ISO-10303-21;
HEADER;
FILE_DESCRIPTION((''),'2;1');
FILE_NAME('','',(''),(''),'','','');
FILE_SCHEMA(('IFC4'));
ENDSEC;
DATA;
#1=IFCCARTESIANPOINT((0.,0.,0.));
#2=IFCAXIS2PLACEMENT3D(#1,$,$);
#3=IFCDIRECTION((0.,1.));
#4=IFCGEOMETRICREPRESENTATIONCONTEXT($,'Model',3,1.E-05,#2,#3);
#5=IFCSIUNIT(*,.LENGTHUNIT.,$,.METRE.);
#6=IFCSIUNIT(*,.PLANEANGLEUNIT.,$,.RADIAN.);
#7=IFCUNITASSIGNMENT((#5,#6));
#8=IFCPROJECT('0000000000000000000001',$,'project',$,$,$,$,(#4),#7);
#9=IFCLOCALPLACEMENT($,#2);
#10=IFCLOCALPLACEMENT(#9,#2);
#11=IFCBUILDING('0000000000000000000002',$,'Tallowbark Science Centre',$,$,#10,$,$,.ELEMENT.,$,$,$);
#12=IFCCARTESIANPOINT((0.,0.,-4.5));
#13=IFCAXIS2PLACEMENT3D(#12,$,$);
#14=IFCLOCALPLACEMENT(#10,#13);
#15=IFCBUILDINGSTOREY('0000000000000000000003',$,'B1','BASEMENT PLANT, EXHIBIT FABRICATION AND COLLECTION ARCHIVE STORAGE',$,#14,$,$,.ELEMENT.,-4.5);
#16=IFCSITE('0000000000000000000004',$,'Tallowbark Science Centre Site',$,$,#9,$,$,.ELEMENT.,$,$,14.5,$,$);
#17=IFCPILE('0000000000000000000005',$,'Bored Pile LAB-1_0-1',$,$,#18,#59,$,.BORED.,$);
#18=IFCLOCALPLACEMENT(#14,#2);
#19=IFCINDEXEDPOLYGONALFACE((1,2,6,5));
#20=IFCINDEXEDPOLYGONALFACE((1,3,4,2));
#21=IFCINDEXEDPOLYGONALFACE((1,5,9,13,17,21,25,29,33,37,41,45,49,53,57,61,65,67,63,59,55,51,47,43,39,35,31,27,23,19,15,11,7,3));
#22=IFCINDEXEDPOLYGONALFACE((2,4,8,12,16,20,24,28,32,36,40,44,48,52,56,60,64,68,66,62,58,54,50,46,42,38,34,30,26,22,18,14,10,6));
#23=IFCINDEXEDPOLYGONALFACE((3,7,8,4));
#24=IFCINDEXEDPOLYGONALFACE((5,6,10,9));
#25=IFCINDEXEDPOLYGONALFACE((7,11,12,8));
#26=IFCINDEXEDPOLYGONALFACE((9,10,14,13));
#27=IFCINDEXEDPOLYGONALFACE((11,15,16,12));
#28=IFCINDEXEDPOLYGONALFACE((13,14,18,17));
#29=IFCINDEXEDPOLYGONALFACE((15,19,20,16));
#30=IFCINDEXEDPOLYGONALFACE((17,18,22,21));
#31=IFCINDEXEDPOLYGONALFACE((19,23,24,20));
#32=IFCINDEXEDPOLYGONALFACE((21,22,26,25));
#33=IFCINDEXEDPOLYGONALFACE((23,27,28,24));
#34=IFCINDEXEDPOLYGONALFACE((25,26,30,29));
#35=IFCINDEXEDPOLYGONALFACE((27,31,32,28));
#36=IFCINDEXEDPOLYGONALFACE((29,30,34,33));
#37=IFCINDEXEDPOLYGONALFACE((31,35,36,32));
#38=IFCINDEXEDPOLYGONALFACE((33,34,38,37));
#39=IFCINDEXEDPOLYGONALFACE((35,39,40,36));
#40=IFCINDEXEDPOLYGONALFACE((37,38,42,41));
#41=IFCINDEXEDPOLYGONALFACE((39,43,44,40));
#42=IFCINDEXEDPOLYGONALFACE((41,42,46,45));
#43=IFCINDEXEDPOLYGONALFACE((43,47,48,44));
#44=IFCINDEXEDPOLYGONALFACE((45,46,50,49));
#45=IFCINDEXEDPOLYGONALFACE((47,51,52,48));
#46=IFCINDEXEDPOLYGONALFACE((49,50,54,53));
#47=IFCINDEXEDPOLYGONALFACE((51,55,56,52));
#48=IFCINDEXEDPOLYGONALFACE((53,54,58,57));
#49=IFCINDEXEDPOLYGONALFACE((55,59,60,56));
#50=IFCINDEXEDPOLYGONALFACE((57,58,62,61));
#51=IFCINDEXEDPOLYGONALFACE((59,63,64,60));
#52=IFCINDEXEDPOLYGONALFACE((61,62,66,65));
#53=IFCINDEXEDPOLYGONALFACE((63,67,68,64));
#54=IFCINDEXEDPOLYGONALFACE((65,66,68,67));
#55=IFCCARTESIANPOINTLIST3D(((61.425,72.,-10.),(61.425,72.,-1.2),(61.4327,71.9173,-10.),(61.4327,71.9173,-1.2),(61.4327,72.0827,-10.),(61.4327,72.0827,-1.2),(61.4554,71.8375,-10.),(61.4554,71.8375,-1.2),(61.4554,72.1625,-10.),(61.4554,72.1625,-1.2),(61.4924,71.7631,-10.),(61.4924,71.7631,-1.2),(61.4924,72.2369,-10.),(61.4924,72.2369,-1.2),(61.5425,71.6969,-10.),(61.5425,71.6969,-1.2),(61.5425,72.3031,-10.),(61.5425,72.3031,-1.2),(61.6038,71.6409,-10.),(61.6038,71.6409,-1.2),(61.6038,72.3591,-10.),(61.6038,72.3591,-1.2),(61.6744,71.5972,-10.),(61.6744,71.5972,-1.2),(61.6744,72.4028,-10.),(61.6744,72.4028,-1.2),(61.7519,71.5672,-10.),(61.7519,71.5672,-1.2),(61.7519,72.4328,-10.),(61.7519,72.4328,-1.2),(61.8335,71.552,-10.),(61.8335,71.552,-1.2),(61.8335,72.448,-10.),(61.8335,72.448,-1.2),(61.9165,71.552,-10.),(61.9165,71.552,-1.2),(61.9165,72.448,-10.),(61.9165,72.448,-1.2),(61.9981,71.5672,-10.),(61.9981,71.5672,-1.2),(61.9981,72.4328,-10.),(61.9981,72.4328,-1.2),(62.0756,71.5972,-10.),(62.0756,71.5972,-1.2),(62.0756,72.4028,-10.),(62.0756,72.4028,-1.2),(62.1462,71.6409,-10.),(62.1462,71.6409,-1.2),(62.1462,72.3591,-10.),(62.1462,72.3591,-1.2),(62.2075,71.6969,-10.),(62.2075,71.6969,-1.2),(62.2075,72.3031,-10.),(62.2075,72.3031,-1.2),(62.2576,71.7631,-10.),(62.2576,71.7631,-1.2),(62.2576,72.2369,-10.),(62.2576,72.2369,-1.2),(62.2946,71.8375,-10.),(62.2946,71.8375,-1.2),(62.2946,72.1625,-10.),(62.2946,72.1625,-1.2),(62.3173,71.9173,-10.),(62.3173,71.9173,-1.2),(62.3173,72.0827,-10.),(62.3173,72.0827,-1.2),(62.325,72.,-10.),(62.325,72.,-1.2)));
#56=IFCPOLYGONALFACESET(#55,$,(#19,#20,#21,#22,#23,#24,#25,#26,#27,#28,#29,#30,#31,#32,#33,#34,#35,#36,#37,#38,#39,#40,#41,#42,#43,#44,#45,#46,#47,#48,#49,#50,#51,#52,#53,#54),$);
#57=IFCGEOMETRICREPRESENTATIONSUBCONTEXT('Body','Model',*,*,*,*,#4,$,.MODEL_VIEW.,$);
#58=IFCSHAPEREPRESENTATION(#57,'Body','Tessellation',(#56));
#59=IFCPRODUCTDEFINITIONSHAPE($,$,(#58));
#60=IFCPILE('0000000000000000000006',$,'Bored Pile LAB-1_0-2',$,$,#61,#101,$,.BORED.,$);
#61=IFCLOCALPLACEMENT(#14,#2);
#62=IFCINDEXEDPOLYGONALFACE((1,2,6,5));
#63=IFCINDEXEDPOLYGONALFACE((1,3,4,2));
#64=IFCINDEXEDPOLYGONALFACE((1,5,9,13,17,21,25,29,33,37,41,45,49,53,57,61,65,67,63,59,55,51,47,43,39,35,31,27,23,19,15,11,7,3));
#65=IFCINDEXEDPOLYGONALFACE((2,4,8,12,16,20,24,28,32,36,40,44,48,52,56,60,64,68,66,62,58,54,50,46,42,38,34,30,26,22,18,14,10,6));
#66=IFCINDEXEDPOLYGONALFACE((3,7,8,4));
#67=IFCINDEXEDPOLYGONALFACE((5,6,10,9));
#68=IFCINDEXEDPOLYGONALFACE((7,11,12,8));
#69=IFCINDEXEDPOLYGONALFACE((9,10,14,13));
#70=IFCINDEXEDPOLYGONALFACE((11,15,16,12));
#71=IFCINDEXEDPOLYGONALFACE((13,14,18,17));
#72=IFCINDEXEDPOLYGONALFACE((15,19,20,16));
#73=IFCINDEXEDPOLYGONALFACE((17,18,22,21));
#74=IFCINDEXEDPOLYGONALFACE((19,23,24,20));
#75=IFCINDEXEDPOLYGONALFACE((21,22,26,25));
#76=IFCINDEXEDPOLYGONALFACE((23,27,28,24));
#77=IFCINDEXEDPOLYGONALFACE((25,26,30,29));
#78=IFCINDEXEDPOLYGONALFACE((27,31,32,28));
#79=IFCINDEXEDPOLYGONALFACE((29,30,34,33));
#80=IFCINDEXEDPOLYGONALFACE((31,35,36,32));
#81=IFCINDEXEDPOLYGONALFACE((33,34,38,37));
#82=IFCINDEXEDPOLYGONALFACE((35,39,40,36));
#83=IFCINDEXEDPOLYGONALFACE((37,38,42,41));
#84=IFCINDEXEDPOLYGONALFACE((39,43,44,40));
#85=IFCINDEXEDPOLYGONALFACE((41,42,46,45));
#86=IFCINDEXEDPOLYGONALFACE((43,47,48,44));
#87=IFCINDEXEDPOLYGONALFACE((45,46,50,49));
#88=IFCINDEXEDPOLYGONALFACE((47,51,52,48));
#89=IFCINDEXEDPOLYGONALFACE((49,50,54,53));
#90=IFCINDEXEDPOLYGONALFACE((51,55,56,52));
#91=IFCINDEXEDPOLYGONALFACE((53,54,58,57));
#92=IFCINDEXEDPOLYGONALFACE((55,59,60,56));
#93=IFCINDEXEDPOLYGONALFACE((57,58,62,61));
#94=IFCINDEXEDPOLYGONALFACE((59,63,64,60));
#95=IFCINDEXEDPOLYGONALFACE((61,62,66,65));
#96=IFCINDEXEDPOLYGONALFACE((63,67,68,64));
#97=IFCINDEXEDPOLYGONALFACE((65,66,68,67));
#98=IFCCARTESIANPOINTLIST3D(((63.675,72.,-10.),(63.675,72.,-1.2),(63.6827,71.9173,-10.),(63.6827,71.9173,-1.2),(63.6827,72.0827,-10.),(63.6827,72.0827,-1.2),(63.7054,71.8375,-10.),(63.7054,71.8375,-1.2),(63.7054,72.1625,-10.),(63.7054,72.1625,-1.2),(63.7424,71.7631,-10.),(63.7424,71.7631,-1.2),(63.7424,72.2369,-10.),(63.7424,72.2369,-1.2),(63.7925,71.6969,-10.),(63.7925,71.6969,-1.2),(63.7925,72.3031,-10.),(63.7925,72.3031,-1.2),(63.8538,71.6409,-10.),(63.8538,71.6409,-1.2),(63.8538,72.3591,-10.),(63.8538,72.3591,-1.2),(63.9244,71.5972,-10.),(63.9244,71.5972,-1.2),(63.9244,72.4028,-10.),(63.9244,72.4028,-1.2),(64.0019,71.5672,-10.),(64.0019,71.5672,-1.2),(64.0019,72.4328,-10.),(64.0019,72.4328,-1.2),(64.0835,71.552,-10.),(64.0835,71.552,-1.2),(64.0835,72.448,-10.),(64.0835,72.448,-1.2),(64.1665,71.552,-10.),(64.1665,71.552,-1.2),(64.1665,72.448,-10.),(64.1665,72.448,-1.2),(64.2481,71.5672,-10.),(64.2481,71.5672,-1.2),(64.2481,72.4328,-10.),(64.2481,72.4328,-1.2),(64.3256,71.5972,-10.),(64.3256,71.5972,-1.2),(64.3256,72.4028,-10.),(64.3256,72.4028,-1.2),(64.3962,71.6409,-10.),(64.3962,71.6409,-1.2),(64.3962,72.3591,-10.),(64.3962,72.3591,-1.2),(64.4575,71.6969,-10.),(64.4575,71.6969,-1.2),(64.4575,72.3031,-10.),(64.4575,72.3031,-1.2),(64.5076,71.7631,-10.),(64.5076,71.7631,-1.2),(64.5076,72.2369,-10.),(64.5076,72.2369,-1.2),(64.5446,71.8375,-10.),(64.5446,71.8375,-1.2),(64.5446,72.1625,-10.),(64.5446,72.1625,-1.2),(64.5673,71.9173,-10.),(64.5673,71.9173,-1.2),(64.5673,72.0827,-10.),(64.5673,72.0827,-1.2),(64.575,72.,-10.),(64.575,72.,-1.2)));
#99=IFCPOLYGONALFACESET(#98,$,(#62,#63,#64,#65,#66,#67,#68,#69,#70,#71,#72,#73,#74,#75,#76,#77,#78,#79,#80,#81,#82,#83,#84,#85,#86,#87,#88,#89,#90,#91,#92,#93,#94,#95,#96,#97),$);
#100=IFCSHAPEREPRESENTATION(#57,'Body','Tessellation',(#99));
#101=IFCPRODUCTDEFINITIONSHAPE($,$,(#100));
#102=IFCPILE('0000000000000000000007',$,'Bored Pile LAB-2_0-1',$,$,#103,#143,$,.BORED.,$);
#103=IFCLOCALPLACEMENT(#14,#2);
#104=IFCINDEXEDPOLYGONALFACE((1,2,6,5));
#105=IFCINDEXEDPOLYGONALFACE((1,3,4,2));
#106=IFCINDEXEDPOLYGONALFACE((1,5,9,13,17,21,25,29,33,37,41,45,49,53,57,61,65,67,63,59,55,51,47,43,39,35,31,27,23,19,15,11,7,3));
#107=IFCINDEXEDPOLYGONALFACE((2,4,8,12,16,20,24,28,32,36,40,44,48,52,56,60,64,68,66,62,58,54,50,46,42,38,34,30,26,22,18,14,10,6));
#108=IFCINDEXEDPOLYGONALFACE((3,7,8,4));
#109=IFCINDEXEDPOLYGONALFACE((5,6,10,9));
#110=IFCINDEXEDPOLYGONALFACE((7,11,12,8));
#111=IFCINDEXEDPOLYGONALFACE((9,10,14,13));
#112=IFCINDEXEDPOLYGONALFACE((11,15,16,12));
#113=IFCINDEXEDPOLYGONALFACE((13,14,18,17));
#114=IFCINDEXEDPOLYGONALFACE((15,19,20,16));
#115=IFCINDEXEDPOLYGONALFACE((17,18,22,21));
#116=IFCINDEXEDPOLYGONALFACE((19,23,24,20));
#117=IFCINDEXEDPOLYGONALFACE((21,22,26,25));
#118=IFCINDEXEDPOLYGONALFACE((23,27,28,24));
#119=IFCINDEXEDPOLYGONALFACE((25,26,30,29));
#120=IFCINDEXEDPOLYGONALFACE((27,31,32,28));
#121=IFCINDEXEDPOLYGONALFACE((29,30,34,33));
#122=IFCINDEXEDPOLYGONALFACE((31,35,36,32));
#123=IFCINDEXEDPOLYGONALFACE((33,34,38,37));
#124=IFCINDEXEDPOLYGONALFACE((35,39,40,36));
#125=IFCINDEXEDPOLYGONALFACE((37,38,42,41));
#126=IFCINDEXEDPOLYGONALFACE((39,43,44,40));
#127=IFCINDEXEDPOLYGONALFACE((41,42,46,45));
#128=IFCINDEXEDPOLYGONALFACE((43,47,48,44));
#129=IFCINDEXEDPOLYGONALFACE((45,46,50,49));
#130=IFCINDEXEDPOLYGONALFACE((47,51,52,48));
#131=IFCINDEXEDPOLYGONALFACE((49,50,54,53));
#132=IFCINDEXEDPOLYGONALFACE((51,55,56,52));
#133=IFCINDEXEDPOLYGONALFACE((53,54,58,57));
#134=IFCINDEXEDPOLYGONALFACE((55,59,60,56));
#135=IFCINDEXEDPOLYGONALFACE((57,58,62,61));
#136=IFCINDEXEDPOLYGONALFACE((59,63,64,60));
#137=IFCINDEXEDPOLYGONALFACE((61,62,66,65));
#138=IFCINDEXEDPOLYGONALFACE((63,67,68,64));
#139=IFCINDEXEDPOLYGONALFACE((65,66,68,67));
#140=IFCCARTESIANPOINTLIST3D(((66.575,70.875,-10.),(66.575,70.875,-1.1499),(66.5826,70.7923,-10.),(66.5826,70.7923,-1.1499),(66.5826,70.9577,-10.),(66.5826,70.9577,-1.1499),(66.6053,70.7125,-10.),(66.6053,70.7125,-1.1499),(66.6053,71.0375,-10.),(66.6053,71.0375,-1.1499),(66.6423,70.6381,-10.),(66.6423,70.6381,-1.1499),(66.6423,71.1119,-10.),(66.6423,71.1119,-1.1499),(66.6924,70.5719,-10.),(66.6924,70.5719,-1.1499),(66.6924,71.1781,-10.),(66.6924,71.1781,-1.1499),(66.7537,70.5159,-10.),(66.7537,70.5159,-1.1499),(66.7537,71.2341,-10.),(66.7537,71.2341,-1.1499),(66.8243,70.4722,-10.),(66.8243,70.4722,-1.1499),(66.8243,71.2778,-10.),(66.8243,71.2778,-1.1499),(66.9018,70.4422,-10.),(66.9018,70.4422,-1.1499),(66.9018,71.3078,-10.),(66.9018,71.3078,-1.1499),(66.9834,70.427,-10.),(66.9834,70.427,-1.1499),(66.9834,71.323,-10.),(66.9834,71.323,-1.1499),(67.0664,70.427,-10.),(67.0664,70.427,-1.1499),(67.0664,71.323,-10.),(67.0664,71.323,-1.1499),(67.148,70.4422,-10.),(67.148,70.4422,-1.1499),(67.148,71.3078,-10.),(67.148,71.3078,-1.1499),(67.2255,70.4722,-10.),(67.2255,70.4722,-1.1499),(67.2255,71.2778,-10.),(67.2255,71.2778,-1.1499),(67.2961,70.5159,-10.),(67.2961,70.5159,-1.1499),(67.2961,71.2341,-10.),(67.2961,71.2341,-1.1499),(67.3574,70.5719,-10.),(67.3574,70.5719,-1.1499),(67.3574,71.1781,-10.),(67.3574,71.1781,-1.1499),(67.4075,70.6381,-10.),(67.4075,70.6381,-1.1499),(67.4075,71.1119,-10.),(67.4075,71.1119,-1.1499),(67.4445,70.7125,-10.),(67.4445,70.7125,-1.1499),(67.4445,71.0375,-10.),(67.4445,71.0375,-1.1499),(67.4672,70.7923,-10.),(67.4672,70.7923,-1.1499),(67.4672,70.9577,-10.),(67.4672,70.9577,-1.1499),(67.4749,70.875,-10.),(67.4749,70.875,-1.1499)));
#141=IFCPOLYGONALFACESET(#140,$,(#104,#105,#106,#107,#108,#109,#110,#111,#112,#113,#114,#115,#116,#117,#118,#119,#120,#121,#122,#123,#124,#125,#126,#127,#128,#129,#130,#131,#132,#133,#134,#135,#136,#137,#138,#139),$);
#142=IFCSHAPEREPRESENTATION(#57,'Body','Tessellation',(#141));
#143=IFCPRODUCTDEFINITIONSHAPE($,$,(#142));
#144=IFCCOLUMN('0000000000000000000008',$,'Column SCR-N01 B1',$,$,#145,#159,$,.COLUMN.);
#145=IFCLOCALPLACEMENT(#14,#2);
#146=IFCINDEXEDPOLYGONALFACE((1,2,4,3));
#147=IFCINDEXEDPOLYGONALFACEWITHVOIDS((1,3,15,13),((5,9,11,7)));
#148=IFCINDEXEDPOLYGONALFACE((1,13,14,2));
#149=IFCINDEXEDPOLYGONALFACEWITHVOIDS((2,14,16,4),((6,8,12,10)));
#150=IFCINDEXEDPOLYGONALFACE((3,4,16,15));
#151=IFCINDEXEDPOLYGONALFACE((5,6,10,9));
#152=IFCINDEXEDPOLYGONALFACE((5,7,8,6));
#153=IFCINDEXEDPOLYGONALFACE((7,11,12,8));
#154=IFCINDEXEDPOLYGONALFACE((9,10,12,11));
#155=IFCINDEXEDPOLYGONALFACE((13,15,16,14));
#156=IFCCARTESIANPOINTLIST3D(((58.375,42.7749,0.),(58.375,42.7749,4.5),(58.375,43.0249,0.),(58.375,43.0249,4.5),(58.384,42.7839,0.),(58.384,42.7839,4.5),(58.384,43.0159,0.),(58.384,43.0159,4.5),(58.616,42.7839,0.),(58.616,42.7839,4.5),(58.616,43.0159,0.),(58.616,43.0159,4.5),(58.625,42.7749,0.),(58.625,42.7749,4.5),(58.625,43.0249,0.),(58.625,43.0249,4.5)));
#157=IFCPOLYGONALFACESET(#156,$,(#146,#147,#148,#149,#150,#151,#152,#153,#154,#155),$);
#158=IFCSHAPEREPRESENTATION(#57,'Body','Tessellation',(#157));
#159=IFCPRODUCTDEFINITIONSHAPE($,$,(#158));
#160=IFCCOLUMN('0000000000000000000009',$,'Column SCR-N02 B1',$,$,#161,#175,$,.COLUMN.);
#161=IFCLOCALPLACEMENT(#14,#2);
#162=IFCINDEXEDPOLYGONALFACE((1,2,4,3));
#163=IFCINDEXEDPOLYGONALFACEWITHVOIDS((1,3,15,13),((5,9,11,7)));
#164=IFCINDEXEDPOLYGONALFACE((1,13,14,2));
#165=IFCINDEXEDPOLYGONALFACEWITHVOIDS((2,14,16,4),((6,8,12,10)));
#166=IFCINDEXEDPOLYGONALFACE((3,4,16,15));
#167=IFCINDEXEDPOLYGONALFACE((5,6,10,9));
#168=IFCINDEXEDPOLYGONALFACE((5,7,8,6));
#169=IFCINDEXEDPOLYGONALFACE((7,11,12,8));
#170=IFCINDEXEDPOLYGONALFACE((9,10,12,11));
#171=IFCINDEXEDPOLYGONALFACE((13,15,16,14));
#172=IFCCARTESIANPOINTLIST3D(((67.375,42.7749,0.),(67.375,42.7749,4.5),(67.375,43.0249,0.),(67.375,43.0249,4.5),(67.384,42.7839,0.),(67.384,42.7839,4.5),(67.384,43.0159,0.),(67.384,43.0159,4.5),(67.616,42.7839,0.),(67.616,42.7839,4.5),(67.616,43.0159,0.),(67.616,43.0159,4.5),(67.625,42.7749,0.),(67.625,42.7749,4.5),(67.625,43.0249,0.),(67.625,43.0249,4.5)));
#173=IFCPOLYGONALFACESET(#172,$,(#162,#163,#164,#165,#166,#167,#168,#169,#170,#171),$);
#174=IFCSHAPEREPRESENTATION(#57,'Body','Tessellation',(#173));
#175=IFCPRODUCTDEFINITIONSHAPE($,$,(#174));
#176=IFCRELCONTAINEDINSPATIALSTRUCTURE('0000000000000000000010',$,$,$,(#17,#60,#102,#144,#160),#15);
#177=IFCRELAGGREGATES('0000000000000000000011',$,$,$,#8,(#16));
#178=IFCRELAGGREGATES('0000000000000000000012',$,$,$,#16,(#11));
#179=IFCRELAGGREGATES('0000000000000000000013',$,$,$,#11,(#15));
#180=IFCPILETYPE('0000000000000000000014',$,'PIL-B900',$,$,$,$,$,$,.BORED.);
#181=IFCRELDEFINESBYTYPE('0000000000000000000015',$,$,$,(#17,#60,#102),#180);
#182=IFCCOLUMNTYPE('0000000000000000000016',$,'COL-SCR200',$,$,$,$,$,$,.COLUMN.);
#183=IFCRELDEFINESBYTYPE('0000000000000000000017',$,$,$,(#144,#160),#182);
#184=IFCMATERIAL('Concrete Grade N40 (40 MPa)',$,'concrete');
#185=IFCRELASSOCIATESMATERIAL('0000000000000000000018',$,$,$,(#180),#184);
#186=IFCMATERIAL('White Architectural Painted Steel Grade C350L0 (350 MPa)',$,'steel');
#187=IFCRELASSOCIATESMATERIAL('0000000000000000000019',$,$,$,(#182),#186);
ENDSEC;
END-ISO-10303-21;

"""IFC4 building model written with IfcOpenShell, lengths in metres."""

from ifc_helpers import new_model, si_unit, direction, frame, origin, origin_2d, place, context, subcontext, project, spatial, hollow_rectangle, circle, extrude, material, material_profile, profile_set, type_object, element, save


model = new_model("IFC4")

# Units and contexts
model_context = context("Model", 3, precision=1e-05, world=origin(), true_north=direction((0.0, 1.0)))
body_context = subcontext(model_context, "Body", "Model", "MODEL_VIEW")
ifc_project = project(units=[si_unit("LENGTHUNIT", "METRE"), si_unit("PLANEANGLEUNIT", "RADIAN")], contexts=[model_context])

# Site, building, storey
site_placement = place(None, origin())
site = spatial("IfcSite", under=ifc_project, at=site_placement, Name="Tallowbark Science Centre Site", CompositionType="ELEMENT", RefElevation=14.5)
building_placement = place(site_placement, origin())
building = spatial("IfcBuilding", under=site, at=building_placement, Name="Tallowbark Science Centre", CompositionType="ELEMENT")
storey_placement = place(building_placement, frame((0.0, 0.0, -4.5)))
storey = spatial("IfcBuildingStorey", under=building, at=storey_placement, Name="B1", Description="BASEMENT PLANT, EXHIBIT FABRICATION AND COLLECTION ARCHIVE STORAGE", CompositionType="ELEMENT", Elevation=-4.5)

# Shared definitions
ifc_material_1 = material(Name="Concrete Grade N40 (40 MPa)", Category="concrete")

# Piles
ifc_material_profile_1 = material_profile(ifc_material_1, circle(Radius=0.45, at=origin_2d()), Name="PILE900")
ifc_profile_set_1 = profile_set([ifc_material_profile_1], Name="Concrete Grade N40 (40 MPa)")
pile_type_1 = type_object("IfcPileType", Name="PIL-B900", PredefinedType="BORED", material=ifc_profile_set_1)
for number, where, z_axis, x_axis, name in (
    (1, (61.875, 72.0, -1.2), (0.0, 0.0, -1.0), (1.0, 0.0, 0.0), "Bored Pile LAB-1_0-1"),
    (2, (64.125, 72.0, -1.2), (0.0, 0.0, -1.0), (1.0, 0.0, 0.0), "Bored Pile LAB-1_0-2"),
):
    element("IfcPile", number, at=place(storey_placement, frame(where, z_axis=z_axis, x_axis=x_axis)), inside=storey, type_object=pile_type_1, Name=name, PredefinedType="BORED", context=body_context, shape_type="SweptSolid", body=[
        extrude(circle(Radius=0.45, at=origin_2d()), origin(), (0.0, 0.0, 1.0), 8.8),
    ])
pile_1_placement = place(storey_placement, frame((67.0249, 70.875, -1.1499), z_axis=(0.0, 0.0, -1.0), x_axis=(1.0, 0.0, 0.0)))
element("IfcPile", 3, at=pile_1_placement, inside=storey, type_object=pile_type_1, Name="Bored Pile LAB-2_0-1", PredefinedType="BORED", context=body_context, shape_type="SweptSolid", body=[
    extrude(circle(Radius=0.45, at=origin_2d()), origin(), (0.0, 0.0, 1.0), 8.8501),
])

# Columns
ifc_material_2 = material(Name="White Architectural Painted Steel Grade C350L0 (350 MPa)", Category="steel")
ifc_material_profile_2 = material_profile(ifc_material_2, hollow_rectangle(XDim=0.25, YDim=0.25, WallThickness=0.009, at=origin_2d()), Name="250x250x9.0SHS")
ifc_profile_set_2 = profile_set([ifc_material_profile_2], Name="White Architectural Painted Steel Grade C350L0 (350 MPa)")
column_type_1 = type_object("IfcColumnType", Name="COL-SCR200", PredefinedType="COLUMN", material=ifc_profile_set_2)
for number, where, z_axis, x_axis, name in (
    (4, (58.5, 42.8999, 0.0), (0.0, 0.0, 1.0), (1.0, 0.0, 0.0), "Column SCR-N01 B1"),
    (5, (67.5, 42.8999, 0.0), (0.0, 0.0, 1.0), (1.0, 0.0, 0.0), "Column SCR-N02 B1"),
):
    element("IfcColumn", number, at=place(storey_placement, frame(where, z_axis=z_axis, x_axis=x_axis)), inside=storey, type_object=column_type_1, Name=name, PredefinedType="COLUMN", context=body_context, shape_type="SweptSolid", body=[
        extrude(hollow_rectangle(XDim=0.25, YDim=0.25, WallThickness=0.009, at=origin_2d()), origin(), (0.0, 0.0, 1.0), 4.5),
    ])

save(model, "model.ifc")
